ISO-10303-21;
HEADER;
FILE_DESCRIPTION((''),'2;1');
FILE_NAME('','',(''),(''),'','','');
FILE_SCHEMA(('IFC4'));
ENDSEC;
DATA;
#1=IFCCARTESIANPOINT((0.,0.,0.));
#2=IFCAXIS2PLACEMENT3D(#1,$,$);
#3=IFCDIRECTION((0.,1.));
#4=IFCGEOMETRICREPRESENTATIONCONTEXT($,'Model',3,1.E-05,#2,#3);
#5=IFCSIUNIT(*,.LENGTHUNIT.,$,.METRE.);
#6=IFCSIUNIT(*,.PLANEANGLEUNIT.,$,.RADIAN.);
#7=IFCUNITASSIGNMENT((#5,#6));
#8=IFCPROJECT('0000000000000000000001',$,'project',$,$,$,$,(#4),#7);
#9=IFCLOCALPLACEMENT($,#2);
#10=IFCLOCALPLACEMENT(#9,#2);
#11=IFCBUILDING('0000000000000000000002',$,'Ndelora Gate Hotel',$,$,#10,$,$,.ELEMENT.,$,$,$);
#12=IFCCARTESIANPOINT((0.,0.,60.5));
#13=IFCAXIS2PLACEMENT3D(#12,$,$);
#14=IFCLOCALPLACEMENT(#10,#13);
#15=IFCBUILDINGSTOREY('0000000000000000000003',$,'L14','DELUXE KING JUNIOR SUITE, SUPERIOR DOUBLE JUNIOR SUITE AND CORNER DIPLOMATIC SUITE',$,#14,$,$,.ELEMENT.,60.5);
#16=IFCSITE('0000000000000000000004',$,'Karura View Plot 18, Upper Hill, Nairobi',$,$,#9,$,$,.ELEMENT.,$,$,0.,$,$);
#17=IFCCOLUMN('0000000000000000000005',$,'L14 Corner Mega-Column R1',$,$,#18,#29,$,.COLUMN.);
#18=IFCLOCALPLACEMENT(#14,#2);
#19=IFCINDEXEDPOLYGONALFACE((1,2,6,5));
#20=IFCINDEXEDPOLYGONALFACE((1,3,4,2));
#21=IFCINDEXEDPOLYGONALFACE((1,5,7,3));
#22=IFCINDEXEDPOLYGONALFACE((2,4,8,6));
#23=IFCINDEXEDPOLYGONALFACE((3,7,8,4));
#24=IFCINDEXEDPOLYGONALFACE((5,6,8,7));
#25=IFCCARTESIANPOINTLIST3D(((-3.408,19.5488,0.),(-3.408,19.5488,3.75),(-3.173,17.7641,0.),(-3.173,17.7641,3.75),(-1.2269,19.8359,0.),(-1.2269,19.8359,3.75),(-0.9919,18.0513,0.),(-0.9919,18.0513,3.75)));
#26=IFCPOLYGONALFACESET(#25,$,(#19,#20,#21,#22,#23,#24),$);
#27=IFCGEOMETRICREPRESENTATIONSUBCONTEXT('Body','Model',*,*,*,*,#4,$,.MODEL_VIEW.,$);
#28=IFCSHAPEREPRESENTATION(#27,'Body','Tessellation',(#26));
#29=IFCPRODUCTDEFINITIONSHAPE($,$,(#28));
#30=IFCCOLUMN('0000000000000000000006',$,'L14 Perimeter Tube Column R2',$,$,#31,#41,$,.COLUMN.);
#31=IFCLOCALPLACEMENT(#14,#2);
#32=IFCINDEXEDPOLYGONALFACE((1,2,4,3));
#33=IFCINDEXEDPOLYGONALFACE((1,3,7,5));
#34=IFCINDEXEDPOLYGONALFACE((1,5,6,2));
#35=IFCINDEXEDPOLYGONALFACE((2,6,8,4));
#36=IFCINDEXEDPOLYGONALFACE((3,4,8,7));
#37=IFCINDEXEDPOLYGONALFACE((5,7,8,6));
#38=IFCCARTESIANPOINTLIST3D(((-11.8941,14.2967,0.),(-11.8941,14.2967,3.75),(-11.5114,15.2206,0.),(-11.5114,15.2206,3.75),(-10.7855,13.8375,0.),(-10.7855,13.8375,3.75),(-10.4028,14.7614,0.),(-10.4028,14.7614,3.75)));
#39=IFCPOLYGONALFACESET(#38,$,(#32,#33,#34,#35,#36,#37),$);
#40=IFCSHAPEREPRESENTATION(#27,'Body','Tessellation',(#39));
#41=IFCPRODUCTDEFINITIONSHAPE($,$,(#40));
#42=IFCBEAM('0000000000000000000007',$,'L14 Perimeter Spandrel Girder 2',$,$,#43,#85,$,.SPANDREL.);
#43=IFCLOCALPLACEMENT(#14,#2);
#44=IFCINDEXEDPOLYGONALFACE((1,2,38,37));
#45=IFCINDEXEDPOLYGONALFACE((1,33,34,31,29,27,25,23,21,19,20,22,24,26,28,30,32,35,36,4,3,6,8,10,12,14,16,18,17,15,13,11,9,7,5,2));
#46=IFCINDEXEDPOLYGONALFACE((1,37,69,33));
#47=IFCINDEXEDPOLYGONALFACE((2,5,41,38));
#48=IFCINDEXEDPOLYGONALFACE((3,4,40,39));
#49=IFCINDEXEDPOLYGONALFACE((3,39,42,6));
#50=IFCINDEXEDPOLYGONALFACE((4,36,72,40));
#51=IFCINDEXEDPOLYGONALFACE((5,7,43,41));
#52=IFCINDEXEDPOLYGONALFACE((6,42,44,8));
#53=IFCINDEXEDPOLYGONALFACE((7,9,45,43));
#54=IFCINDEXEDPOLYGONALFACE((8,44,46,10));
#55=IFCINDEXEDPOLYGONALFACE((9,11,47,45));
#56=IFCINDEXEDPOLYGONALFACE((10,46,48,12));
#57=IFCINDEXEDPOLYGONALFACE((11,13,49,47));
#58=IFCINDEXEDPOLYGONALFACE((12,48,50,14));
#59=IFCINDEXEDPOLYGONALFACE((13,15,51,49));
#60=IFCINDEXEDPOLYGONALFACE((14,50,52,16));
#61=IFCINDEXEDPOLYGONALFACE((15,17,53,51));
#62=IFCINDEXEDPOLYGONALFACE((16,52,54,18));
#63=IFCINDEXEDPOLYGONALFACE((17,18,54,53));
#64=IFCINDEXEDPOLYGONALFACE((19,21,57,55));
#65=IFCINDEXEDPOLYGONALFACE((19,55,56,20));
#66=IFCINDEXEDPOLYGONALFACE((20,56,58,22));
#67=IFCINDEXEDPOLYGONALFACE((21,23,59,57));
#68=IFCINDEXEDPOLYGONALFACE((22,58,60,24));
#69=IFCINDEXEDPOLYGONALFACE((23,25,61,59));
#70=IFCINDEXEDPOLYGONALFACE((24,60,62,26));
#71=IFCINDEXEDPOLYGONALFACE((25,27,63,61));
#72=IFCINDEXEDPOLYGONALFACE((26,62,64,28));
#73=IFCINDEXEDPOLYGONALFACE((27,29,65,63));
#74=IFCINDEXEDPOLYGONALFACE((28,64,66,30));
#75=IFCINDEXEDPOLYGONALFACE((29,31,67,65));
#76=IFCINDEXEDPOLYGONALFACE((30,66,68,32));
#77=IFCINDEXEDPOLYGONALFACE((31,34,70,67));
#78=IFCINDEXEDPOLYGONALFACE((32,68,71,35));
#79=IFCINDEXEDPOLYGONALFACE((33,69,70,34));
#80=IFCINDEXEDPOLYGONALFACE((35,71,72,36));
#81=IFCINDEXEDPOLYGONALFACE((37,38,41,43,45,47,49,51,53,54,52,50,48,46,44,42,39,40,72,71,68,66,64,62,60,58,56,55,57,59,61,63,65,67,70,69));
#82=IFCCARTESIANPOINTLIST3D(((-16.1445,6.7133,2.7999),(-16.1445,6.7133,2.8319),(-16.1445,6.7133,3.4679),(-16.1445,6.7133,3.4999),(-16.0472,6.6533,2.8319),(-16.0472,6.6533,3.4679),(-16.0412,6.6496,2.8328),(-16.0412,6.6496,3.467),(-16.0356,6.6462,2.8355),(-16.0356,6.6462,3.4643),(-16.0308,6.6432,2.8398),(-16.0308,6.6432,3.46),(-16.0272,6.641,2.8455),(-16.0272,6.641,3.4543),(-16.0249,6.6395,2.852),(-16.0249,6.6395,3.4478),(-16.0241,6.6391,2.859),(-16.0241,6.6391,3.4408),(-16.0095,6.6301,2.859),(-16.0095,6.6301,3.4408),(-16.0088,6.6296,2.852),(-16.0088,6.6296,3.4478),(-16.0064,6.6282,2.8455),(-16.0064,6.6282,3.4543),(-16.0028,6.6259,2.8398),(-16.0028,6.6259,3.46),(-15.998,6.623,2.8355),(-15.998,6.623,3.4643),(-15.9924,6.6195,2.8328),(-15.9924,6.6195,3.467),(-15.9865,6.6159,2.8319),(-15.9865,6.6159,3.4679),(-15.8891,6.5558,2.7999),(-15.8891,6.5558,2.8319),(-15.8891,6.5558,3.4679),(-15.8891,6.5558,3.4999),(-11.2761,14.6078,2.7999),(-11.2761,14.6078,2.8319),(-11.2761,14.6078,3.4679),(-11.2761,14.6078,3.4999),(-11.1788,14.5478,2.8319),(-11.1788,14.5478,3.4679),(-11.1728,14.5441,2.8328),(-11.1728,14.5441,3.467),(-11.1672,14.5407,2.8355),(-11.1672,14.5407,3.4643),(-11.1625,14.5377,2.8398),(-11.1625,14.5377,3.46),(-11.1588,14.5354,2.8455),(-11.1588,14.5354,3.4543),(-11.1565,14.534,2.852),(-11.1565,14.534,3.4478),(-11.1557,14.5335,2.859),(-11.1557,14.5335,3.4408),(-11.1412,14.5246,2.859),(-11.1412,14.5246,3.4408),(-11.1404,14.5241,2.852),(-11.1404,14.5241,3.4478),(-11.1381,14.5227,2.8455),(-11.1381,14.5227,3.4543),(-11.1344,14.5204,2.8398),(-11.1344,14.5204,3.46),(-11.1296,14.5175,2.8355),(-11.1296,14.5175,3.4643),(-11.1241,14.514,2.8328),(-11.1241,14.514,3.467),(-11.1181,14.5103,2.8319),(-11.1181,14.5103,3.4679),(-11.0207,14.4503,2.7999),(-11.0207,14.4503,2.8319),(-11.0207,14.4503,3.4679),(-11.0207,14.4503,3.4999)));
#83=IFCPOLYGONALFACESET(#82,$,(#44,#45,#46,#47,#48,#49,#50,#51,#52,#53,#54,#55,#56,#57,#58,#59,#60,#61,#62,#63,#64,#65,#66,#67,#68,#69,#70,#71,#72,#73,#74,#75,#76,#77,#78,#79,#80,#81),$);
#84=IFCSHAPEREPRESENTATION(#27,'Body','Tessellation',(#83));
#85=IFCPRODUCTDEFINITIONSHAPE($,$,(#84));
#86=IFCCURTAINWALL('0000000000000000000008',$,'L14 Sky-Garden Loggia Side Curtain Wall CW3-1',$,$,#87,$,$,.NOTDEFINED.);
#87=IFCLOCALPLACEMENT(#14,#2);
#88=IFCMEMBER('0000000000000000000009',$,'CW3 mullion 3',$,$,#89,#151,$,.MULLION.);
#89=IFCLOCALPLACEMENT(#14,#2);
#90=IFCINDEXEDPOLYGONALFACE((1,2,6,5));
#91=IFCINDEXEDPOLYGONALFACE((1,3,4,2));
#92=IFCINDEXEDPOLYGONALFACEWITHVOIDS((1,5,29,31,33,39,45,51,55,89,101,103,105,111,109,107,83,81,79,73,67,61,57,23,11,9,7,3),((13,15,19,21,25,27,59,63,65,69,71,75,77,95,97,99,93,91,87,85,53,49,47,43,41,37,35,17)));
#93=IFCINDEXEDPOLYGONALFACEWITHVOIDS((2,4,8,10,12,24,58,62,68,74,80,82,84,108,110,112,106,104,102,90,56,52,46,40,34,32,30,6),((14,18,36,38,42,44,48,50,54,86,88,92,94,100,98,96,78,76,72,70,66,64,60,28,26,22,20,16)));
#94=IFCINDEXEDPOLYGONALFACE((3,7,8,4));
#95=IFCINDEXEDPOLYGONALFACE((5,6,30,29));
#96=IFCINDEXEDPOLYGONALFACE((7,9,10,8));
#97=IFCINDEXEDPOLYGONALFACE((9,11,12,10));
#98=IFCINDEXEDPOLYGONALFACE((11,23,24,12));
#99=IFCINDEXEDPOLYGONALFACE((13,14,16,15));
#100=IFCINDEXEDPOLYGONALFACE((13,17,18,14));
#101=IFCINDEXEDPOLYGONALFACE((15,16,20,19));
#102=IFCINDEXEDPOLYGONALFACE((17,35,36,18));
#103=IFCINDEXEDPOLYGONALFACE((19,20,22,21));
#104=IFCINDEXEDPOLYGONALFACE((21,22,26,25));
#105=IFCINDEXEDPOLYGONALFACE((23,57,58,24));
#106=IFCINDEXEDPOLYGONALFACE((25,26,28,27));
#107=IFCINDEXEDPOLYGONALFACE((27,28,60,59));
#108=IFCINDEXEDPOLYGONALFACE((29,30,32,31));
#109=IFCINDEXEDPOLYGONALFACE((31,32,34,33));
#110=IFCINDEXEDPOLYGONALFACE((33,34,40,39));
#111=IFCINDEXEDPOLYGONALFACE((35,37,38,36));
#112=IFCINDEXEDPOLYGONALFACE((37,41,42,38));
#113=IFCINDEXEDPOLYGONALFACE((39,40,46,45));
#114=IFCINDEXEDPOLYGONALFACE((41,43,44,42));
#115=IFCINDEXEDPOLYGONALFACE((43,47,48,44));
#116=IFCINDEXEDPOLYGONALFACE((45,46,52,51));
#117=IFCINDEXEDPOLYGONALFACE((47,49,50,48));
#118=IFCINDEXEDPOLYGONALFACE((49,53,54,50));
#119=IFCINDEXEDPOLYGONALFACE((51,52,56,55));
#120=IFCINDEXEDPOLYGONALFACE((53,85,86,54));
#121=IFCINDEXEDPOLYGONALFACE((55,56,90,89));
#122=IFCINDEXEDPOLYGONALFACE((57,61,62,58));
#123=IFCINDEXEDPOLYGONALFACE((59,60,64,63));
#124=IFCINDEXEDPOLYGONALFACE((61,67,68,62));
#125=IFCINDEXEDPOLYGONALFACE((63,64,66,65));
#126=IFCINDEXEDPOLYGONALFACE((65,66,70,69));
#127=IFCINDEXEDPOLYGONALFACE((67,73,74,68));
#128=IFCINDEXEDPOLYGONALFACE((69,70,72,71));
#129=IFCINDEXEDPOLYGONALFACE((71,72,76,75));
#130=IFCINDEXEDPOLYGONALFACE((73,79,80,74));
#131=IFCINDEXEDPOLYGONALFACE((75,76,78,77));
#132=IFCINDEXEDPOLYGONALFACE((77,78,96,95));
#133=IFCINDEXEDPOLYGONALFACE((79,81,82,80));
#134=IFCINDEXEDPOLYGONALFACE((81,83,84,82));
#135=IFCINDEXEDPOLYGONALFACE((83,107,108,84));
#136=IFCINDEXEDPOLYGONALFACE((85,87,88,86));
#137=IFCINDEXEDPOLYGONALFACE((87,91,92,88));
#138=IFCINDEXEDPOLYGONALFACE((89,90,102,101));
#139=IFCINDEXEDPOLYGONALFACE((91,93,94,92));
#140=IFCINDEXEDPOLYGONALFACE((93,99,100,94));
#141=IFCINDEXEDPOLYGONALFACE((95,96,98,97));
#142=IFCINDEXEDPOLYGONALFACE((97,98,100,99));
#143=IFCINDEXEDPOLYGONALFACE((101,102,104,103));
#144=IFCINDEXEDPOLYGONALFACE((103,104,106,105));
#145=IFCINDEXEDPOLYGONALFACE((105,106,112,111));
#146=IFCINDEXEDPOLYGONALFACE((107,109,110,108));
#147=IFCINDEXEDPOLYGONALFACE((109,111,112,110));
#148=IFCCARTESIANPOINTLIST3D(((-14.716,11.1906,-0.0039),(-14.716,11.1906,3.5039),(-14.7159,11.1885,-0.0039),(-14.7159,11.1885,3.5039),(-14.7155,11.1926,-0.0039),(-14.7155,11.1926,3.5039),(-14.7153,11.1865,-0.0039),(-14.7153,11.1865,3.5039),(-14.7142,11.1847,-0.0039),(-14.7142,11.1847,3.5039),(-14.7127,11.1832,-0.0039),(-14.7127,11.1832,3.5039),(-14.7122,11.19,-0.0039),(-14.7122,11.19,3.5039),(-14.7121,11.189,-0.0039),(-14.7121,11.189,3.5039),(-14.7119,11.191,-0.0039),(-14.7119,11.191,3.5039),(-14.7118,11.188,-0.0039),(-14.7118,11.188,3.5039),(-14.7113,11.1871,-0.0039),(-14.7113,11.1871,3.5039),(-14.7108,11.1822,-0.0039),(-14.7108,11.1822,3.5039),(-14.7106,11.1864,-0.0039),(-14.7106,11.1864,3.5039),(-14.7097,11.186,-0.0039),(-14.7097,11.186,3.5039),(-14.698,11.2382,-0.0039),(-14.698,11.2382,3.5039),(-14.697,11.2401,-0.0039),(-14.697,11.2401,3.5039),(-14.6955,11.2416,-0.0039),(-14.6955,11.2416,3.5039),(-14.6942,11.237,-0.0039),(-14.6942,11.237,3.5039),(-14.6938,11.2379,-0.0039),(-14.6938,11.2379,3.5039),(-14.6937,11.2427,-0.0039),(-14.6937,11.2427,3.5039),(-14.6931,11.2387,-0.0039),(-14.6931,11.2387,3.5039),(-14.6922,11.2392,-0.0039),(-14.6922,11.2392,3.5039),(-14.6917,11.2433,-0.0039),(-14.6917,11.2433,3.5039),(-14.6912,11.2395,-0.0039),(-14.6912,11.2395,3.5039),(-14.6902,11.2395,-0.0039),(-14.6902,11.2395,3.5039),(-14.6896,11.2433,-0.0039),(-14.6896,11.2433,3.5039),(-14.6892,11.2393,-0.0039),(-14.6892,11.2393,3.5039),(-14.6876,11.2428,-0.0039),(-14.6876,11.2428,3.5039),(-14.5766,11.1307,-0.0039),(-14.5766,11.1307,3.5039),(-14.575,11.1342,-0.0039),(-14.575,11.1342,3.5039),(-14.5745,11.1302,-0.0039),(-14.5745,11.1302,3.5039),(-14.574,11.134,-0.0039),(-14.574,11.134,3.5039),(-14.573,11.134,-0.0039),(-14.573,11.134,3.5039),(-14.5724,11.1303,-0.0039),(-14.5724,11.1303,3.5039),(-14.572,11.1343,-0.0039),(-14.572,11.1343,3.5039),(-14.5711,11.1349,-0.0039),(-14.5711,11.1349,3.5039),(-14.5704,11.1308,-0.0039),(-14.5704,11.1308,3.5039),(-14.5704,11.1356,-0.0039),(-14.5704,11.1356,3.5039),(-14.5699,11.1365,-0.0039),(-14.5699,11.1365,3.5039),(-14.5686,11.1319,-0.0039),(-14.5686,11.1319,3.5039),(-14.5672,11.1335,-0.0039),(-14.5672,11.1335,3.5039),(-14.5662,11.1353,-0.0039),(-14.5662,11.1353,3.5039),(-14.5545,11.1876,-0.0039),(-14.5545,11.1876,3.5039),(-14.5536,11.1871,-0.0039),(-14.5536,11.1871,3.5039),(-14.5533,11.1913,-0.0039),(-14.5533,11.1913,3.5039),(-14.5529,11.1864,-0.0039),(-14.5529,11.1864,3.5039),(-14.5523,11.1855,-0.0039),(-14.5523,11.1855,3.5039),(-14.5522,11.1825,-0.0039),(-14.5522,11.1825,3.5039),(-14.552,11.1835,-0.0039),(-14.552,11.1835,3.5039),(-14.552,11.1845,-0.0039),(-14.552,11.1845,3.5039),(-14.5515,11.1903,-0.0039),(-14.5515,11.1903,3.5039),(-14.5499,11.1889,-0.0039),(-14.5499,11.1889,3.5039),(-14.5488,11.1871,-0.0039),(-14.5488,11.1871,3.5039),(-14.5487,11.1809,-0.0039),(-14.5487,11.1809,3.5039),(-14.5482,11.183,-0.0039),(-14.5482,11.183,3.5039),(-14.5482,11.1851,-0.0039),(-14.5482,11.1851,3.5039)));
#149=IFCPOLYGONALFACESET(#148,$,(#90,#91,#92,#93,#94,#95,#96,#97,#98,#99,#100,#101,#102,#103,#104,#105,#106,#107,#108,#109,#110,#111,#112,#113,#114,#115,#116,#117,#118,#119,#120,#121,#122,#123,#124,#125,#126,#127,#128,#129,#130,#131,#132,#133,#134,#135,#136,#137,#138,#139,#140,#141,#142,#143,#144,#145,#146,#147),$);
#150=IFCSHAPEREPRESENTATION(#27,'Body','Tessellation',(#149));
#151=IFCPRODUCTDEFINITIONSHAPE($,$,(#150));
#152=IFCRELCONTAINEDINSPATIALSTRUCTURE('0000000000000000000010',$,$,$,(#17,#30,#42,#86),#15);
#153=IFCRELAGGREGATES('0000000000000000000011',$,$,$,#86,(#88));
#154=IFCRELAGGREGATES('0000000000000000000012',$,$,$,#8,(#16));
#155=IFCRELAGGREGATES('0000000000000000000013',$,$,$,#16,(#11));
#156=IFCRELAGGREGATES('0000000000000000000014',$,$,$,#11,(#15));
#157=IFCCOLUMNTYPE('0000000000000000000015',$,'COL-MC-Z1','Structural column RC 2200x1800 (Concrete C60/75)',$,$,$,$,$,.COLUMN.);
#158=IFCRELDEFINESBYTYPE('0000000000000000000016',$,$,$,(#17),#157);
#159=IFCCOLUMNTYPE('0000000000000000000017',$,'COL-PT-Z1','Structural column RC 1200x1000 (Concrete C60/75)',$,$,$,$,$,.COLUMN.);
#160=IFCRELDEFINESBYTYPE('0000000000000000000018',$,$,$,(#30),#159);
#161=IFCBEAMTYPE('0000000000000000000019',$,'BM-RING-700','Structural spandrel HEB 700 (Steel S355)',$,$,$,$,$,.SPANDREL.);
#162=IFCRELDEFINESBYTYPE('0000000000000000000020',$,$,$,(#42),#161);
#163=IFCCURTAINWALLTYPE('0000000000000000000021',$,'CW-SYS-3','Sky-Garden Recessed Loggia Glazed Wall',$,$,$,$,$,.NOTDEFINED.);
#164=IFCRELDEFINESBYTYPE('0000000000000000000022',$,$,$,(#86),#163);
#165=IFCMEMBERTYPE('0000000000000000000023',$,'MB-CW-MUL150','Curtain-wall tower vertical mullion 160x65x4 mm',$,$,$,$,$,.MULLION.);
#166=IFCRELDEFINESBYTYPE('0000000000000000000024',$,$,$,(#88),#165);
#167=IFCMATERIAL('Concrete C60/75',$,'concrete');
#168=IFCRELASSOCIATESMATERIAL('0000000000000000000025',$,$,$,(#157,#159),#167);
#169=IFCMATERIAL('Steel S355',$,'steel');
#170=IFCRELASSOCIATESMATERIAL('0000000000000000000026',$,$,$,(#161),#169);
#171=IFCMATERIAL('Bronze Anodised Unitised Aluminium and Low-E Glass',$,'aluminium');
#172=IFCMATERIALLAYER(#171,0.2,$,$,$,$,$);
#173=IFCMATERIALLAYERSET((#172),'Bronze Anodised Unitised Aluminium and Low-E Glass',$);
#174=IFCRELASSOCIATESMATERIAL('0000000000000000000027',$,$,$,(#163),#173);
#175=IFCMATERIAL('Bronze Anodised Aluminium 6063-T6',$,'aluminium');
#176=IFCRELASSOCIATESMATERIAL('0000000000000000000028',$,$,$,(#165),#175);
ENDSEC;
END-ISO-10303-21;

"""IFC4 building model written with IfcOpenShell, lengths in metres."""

from ifc_helpers import new_model, si_unit, direction, frame, origin, origin_2d, place, context, subcontext, project, spatial, rectangle, hollow_rectangle, i_section, extrude, material, layer, layer_set, material_profile, profile_set, type_object, element, aggregate, save


model = new_model("IFC4")

# Units and contexts
model_context = context("Model", 3, precision=1e-05, world=origin(), true_north=direction((0.0, 1.0)))
body_context = subcontext(model_context, "Body", "Model", "MODEL_VIEW")
ifc_project = project(units=[si_unit("LENGTHUNIT", "METRE"), si_unit("PLANEANGLEUNIT", "RADIAN")], contexts=[model_context])

# Site, building, storey
site_placement = place(None, origin())
site = spatial("IfcSite", under=ifc_project, at=site_placement, Name="Karura View Plot 18, Upper Hill, Nairobi", CompositionType="ELEMENT", RefElevation=0.0)
building_placement = place(site_placement, origin())
building = spatial("IfcBuilding", under=site, at=building_placement, Name="Ndelora Gate Hotel", CompositionType="ELEMENT")
storey_placement = place(building_placement, frame((0.0, 0.0, 60.5)))
storey = spatial("IfcBuildingStorey", under=building, at=storey_placement, Name="L14", Description="DELUXE KING JUNIOR SUITE, SUPERIOR DOUBLE JUNIOR SUITE AND CORNER DIPLOMATIC SUITE", CompositionType="ELEMENT", Elevation=60.5)

# Columns
ifc_material_1 = material(Name="Concrete C60/75", Category="concrete")
ifc_material_profile_1 = material_profile(ifc_material_1, rectangle(XDim=1.8, YDim=2.2, at=origin_2d()), Name="RC 2200x1800")
ifc_profile_set_1 = profile_set([ifc_material_profile_1], Name="Concrete C60/75")
column_type_1 = type_object("IfcColumnType", Name="COL-MC-Z1", Description="Structural column RC 2200x1800 (Concrete C60/75)", PredefinedType="COLUMN", material=ifc_profile_set_1)
column_1_placement = place(storey_placement, frame((-2.2, 18.8, 0.0), z_axis=(0.0, 0.0, 1.0), x_axis=(-0.130526, 0.991445, 0.0)))
element("IfcColumn", 1, at=column_1_placement, inside=storey, type_object=column_type_1, Name="L14 Corner Mega-Column R1", PredefinedType="COLUMN", context=body_context, shape_type="SweptSolid", body=[
    extrude(rectangle(XDim=1.8, YDim=2.2, at=origin_2d()), origin(), (0.0, 0.0, 1.0), 3.75),
])
ifc_material_profile_2 = material_profile(ifc_material_1, rectangle(XDim=1.0, YDim=1.2, at=origin_2d()), Name="RC 1200x1000")
ifc_profile_set_2 = profile_set([ifc_material_profile_2], Name="Concrete C60/75")
column_type_2 = type_object("IfcColumnType", Name="COL-PT-Z1", Description="Structural column RC 1200x1000 (Concrete C60/75)", PredefinedType="COLUMN", material=ifc_profile_set_2)
column_2_placement = place(storey_placement, frame((-11.1484, 14.5291, 0.0), z_axis=(0.0, 0.0, 1.0), x_axis=(0.382683, 0.92388, 0.0)))
element("IfcColumn", 2, at=column_2_placement, inside=storey, type_object=column_type_2, Name="L14 Perimeter Tube Column R2", PredefinedType="COLUMN", context=body_context, shape_type="SweptSolid", body=[
    extrude(rectangle(XDim=1.0, YDim=1.2, at=origin_2d()), origin(), (0.0, 0.0, 1.0), 3.75),
])

# Beam
ifc_material_2 = material(Name="Steel S355", Category="steel")
ifc_material_profile_3 = material_profile(ifc_material_2, i_section(OverallWidth=0.3, OverallDepth=0.7, WebThickness=0.0171, FlangeThickness=0.032, FilletRadius=0.0271, at=origin_2d()), Name="HEB 700")
ifc_profile_set_3 = profile_set([ifc_material_profile_3], Name="Steel S355")
beam_type = type_object("IfcBeamType", Name="BM-RING-700", Description="Structural spandrel HEB 700 (Steel S355)", PredefinedType="SPANDREL", material=ifc_profile_set_3)
beam_placement = place(storey_placement, frame((-11.1484, 14.5291, 3.1499), z_axis=(-0.524898, -0.851165, 0.0), x_axis=(0.851165, -0.524898, 0.0)))
element("IfcBeam", 3, at=beam_placement, inside=storey, type_object=beam_type, Name="L14 Perimeter Spandrel Girder 2", PredefinedType="SPANDREL", context=body_context, shape_type="SweptSolid", body=[
    extrude(i_section(OverallWidth=0.3, OverallDepth=0.7, WebThickness=0.0171, FlangeThickness=0.032, FilletRadius=0.0271, at=origin_2d()), origin(), (0.0, 0.0, 1.0), 9.2749),
])

# Curtain wall, member
ifc_material_3 = material(Name="Bronze Anodised Unitised Aluminium and Low-E Glass", Category="aluminium")
ifc_layer_1 = layer(ifc_material_3, 0.2)
ifc_layer_set_1 = layer_set([ifc_layer_1], Name="Bronze Anodised Unitised Aluminium and Low-E Glass")
curtain_wall_type = type_object("IfcCurtainWallType", Name="CW-SYS-3", Description="Sky-Garden Recessed Loggia Glazed Wall", PredefinedType="NOTDEFINED", material=ifc_layer_set_1)
curtain_wall_placement = place(storey_placement, origin())
curtain_wall = element("IfcCurtainWall", 4, at=curtain_wall_placement, inside=storey, type_object=curtain_wall_type, Name="L14 Sky-Garden Loggia Side Curtain Wall CW3-1", PredefinedType="NOTDEFINED")
ifc_material_4 = material(Name="Bronze Anodised Aluminium 6063-T6", Category="aluminium")
ifc_material_profile_4 = material_profile(ifc_material_4, hollow_rectangle(XDim=0.0649, YDim=0.1599, WallThickness=0.0039, InnerFilletRadius=0.0039, OuterFilletRadius=0.0081, at=origin_2d()), Name="ALU 160x65x4")
ifc_profile_set_4 = profile_set([ifc_material_profile_4], Name="Bronze Anodised Aluminium 6063-T6")
member_type_1 = type_object("IfcMemberType", Name="MB-CW-MUL150", Description="Curtain-wall tower vertical mullion 160x65x4 mm", PredefinedType="MULLION", material=ifc_profile_set_4)
member_1_placement = place(storey_placement, frame((-14.6321, 11.1868, -0.0039), z_axis=(0.0, 0.0, 1.0), x_axis=(-0.358361, -0.933583, 0.0)))
member_1 = element("IfcMember", 5, at=member_1_placement, type_object=member_type_1, Name="CW3 mullion 3", PredefinedType="MULLION", context=body_context, shape_type="SweptSolid", body=[
    extrude(hollow_rectangle(XDim=0.0649, YDim=0.1599, WallThickness=0.0039, InnerFilletRadius=0.0039, OuterFilletRadius=0.0081, at=origin_2d()), origin(), (0.0, 0.0, 1.0), 3.5078),
])
aggregate(curtain_wall, [member_1])

save(model, "model.ifc")
